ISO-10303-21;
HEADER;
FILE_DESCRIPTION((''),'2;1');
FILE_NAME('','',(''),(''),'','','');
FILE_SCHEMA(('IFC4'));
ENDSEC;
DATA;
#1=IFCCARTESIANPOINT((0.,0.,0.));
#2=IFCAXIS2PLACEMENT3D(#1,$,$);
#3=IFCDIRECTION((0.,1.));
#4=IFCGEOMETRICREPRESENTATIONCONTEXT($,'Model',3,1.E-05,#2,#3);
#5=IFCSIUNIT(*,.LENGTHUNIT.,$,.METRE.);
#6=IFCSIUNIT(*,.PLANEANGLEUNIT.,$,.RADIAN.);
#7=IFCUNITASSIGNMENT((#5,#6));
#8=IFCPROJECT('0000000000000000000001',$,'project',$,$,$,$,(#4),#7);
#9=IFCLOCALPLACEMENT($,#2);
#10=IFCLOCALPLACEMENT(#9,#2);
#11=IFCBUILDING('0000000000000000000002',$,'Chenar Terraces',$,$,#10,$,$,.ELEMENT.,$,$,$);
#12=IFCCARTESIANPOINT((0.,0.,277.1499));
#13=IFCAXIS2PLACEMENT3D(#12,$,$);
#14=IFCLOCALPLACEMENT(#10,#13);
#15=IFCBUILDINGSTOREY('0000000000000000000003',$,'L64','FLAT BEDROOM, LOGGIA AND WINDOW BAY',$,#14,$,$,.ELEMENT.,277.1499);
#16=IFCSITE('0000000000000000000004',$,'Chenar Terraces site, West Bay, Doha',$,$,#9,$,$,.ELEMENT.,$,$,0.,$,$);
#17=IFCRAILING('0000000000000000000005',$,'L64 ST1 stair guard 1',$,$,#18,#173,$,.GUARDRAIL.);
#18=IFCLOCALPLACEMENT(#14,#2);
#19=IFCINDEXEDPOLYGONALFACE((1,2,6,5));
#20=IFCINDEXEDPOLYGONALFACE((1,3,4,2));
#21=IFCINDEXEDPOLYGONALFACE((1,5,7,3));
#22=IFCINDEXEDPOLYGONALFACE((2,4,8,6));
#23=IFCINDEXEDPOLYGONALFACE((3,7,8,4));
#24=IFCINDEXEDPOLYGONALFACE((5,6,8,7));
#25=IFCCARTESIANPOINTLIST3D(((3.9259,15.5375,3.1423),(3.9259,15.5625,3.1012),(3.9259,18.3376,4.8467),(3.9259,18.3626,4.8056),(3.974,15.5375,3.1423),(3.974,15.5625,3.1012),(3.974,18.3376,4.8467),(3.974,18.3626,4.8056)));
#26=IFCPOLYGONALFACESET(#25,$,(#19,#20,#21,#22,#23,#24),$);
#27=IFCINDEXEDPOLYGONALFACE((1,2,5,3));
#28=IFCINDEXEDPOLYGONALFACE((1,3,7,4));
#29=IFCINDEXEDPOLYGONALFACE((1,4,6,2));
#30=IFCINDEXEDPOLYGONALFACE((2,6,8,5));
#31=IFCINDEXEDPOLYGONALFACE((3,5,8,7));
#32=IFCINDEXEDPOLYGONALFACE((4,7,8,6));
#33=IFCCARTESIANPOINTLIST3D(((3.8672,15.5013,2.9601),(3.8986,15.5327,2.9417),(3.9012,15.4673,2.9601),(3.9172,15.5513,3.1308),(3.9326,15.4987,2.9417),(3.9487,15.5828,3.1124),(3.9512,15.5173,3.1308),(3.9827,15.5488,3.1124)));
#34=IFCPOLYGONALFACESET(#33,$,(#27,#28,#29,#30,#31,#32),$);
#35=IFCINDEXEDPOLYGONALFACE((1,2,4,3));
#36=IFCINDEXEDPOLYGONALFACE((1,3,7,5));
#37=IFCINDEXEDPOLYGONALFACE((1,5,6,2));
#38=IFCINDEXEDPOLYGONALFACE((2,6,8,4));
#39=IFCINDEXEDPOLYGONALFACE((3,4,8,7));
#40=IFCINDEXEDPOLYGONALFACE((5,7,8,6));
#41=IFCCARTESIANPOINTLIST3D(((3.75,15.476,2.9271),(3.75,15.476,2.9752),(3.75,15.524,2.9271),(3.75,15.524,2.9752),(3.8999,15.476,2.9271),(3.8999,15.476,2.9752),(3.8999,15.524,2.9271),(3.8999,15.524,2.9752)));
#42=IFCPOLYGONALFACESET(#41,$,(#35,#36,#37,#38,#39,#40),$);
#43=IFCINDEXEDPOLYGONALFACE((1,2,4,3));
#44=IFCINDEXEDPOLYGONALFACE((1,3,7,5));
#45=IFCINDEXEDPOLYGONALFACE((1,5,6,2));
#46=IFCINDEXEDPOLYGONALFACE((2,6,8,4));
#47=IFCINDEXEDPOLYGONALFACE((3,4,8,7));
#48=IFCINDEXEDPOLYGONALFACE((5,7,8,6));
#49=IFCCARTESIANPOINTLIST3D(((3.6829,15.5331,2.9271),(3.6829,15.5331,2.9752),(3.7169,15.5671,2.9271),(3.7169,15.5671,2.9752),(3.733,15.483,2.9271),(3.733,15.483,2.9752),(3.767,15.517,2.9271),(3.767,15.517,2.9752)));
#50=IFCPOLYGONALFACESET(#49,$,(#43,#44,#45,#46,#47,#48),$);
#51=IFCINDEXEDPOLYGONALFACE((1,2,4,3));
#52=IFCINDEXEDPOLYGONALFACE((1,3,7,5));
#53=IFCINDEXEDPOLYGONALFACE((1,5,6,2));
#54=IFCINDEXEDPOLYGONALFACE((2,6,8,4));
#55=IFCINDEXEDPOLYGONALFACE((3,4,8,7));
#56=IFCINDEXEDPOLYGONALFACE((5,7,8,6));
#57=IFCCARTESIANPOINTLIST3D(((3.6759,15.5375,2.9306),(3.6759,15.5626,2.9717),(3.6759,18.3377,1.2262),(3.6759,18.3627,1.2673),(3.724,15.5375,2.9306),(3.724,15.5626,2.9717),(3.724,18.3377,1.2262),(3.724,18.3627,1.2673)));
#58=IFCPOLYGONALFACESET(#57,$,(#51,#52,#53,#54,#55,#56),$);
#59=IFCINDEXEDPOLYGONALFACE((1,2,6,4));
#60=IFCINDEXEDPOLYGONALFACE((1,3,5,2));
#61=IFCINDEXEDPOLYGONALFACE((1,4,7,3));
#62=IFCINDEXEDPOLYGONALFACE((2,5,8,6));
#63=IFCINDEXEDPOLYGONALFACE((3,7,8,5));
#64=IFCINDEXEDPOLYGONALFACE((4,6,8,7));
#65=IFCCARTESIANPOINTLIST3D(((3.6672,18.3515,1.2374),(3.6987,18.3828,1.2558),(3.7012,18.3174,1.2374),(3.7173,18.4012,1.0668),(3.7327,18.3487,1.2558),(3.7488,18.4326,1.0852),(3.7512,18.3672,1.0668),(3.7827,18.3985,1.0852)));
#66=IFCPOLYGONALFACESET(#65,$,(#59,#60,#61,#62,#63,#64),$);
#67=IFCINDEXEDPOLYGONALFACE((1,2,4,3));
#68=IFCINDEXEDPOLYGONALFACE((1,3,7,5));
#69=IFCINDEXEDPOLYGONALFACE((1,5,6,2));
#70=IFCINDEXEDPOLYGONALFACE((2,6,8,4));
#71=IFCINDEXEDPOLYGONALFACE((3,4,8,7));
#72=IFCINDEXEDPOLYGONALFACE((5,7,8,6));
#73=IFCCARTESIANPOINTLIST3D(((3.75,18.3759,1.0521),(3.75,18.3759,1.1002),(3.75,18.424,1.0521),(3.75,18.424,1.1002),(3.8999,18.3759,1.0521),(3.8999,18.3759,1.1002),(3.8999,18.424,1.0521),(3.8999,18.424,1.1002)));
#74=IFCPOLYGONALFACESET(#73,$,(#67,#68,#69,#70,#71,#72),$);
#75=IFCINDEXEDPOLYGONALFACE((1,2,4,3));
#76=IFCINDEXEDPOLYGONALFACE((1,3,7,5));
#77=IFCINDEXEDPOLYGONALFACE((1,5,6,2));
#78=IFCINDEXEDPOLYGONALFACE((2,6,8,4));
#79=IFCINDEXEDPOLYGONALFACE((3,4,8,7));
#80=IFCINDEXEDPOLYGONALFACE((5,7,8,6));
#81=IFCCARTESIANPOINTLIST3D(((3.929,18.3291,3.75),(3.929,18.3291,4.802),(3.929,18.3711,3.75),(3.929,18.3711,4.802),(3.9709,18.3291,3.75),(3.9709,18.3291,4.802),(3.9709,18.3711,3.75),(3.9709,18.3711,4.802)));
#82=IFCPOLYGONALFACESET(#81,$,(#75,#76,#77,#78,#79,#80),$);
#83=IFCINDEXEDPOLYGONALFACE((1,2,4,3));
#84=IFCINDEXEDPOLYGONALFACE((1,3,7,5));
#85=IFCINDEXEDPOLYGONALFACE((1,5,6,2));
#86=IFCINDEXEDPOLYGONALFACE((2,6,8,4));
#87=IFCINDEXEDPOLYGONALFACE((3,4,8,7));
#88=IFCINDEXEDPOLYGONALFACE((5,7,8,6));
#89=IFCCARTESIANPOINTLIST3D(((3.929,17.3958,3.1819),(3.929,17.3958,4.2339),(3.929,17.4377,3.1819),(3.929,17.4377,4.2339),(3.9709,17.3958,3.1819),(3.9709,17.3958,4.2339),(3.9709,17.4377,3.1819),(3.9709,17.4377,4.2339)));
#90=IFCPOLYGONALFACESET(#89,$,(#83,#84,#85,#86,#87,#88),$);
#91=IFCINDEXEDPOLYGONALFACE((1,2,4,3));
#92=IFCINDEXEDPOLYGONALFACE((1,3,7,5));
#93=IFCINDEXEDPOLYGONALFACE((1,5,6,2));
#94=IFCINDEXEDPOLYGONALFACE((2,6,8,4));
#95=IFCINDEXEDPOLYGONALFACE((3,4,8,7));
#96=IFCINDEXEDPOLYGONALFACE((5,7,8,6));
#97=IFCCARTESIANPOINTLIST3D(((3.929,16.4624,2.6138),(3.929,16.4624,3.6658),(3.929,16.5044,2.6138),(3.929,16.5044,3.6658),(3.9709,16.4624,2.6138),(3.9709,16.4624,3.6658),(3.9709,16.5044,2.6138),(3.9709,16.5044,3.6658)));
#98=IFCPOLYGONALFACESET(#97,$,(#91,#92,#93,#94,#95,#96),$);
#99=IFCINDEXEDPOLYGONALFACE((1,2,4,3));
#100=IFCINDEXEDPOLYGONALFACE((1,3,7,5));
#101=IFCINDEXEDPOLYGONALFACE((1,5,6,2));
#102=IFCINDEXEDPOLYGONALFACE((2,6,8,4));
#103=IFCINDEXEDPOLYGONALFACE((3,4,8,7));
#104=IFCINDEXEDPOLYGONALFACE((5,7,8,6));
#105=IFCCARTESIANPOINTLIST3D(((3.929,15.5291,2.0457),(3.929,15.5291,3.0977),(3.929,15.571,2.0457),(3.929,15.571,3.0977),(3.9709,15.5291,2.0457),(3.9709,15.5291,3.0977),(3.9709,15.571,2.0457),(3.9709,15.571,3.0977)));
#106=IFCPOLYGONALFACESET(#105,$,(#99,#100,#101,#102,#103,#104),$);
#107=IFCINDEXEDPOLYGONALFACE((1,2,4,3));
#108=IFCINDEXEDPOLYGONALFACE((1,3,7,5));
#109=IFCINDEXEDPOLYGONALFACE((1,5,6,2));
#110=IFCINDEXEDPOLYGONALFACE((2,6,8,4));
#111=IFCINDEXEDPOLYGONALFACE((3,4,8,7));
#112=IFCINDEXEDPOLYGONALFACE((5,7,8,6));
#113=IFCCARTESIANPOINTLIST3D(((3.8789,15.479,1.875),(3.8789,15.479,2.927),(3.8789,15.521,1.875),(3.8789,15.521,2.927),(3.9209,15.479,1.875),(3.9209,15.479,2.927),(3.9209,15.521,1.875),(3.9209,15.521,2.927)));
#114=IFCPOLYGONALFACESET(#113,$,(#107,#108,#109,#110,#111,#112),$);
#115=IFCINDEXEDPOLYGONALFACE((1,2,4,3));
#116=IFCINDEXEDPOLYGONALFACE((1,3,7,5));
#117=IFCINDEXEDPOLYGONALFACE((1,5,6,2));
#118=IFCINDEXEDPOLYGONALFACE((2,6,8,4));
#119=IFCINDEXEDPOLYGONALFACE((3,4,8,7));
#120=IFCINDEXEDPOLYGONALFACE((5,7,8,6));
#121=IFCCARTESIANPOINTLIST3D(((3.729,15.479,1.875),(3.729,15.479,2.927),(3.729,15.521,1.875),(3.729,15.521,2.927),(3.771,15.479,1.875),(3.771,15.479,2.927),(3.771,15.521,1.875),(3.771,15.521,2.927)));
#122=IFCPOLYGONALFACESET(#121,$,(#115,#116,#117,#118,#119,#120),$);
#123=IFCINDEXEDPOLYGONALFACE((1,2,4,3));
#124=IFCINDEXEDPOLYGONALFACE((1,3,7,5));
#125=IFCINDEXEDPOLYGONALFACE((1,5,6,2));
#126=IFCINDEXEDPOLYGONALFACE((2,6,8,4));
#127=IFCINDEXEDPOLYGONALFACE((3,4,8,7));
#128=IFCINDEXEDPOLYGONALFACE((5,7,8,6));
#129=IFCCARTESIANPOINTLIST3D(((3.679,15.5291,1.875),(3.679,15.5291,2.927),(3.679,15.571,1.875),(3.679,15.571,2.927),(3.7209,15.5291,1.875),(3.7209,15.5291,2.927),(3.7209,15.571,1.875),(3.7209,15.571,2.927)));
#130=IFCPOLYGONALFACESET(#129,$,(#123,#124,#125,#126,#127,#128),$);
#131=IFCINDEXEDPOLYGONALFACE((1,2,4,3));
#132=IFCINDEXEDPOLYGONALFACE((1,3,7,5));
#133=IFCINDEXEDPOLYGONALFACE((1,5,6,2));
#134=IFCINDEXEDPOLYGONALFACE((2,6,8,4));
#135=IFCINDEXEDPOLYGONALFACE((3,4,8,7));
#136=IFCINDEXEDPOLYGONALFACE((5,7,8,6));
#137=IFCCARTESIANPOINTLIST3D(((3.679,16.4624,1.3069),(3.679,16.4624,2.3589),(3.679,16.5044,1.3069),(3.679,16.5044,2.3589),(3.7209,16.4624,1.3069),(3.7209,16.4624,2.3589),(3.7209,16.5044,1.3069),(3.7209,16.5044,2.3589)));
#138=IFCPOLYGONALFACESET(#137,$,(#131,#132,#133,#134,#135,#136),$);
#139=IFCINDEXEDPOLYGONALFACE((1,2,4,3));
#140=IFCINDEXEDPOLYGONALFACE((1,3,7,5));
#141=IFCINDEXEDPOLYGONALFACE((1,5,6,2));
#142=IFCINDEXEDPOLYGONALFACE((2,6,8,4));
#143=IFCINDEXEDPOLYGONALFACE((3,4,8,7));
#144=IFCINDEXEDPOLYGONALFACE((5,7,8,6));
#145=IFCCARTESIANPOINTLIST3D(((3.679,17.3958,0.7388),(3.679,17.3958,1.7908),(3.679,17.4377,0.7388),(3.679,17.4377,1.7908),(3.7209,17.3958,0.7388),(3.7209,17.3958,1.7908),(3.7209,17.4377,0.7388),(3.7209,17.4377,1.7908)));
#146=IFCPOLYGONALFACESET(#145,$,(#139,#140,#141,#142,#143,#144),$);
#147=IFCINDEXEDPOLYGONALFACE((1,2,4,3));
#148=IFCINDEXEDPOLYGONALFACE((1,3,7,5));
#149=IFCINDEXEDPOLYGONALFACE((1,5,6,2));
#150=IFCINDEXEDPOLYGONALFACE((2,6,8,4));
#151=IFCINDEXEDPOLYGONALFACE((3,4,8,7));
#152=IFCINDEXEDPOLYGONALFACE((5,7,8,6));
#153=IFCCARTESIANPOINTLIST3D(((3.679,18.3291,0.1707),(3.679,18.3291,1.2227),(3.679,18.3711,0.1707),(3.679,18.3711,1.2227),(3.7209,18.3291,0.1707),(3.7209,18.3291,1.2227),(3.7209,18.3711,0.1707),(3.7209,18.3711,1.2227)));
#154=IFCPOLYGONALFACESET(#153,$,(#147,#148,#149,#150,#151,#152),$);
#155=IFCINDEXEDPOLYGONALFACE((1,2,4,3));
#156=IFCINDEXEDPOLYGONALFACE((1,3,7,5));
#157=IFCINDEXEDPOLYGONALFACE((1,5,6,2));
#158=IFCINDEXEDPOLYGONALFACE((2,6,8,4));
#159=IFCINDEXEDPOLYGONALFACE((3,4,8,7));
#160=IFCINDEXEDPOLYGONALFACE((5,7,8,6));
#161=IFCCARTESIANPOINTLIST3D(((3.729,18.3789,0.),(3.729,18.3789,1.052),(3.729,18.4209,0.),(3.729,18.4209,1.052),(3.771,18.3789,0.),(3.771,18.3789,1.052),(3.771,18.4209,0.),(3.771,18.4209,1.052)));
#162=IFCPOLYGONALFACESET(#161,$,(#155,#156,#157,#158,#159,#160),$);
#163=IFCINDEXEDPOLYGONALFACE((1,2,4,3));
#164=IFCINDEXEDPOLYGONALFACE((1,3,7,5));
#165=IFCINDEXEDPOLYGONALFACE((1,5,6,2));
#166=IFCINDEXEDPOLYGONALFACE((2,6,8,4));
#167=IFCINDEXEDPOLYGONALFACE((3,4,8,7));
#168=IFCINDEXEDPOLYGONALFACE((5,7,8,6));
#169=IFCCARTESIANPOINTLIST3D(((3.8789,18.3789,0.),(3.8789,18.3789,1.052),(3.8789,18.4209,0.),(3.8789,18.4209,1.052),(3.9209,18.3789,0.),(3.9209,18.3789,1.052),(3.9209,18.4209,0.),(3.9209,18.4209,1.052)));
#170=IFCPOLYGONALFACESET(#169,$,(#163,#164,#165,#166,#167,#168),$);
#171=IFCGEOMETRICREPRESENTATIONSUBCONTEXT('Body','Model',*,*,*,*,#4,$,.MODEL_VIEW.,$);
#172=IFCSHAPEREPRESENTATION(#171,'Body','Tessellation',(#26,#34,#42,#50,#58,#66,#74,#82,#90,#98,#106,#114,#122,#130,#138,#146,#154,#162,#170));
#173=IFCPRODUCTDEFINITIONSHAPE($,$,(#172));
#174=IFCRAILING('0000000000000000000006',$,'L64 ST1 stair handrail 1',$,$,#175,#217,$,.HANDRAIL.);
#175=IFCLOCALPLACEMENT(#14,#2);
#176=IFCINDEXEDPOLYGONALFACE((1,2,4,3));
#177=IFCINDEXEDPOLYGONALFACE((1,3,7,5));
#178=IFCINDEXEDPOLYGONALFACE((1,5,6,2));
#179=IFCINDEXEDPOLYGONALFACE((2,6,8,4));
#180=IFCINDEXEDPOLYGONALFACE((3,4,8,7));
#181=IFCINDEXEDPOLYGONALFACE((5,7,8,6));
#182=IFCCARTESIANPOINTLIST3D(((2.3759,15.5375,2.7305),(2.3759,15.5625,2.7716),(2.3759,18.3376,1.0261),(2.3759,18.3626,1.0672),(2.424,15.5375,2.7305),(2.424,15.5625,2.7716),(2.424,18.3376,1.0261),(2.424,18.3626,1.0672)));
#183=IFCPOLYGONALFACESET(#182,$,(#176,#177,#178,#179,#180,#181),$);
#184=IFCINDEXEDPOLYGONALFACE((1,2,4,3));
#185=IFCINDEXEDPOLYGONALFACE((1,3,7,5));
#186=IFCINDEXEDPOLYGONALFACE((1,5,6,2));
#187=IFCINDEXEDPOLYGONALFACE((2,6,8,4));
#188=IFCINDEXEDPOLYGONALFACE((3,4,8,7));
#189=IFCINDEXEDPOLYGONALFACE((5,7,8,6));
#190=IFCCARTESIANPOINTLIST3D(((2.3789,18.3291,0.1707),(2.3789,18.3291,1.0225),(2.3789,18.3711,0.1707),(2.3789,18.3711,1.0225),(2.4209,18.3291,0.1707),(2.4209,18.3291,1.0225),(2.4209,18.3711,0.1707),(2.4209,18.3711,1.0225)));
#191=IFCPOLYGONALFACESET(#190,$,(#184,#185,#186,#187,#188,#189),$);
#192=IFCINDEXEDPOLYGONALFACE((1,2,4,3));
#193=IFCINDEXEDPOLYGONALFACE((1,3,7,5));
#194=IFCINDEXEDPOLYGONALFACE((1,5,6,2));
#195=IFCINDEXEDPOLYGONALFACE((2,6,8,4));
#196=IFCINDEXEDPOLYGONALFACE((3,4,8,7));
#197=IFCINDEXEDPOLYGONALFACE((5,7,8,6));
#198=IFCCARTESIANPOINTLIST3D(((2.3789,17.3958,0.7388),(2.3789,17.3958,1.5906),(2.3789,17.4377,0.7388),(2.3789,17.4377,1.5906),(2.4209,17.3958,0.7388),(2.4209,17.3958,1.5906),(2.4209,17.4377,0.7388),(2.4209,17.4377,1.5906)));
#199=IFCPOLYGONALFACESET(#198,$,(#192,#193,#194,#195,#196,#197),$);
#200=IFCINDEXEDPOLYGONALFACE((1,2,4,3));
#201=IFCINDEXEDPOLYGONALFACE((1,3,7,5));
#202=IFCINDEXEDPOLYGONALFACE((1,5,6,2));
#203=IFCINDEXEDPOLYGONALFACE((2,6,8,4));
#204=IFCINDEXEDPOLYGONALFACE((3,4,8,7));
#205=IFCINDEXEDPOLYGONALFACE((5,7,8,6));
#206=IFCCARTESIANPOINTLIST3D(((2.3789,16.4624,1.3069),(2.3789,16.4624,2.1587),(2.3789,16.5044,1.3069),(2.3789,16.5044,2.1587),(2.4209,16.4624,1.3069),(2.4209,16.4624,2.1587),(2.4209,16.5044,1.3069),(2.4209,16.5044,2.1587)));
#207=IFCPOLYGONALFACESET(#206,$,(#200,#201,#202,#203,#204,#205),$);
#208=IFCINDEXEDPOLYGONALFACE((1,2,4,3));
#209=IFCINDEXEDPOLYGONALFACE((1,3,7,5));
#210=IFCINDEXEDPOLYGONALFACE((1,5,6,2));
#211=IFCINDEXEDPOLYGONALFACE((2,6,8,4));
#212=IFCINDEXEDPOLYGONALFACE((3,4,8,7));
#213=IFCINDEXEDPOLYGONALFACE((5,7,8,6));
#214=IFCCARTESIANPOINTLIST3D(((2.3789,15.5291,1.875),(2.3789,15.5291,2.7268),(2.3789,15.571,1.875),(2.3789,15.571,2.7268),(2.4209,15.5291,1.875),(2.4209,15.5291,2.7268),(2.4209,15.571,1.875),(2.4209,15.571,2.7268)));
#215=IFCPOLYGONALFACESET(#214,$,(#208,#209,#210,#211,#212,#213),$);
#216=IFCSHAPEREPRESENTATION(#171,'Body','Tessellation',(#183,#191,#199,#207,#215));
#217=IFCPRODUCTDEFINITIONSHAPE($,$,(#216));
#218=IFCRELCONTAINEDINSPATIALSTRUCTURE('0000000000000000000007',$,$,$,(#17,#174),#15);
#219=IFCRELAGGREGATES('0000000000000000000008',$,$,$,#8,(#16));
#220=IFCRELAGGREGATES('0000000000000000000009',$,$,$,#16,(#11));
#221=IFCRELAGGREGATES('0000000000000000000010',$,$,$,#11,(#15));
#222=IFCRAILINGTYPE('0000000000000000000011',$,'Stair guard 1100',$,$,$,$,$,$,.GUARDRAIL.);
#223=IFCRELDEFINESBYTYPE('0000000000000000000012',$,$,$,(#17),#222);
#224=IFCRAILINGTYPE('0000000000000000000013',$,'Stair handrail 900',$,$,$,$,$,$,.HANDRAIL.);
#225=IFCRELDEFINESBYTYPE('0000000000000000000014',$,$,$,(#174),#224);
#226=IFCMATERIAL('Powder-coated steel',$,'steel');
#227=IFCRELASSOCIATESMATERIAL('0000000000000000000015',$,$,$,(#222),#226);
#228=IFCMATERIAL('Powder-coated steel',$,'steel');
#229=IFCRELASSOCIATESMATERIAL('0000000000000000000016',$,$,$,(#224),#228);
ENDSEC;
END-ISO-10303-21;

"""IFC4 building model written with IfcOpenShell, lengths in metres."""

from ifc_helpers import new_model, si_unit, direction, frame, origin, origin_2d, place, context, subcontext, project, spatial, rectangle, extrude, material, type_object, element, save


model = new_model("IFC4")

# Units and contexts
model_context = context("Model", 3, precision=1e-05, world=origin(), true_north=direction((0.0, 1.0)))
body_context = subcontext(model_context, "Body", "Model", "MODEL_VIEW")
ifc_project = project(units=[si_unit("LENGTHUNIT", "METRE"), si_unit("PLANEANGLEUNIT", "RADIAN")], contexts=[model_context])

# Site, building, storey
site_placement = place(None, origin())
site = spatial("IfcSite", under=ifc_project, at=site_placement, Name="Chenar Terraces site, West Bay, Doha", CompositionType="ELEMENT", RefElevation=0.0)
building_placement = place(site_placement, origin())
building = spatial("IfcBuilding", under=site, at=building_placement, Name="Chenar Terraces", CompositionType="ELEMENT")
storey_placement = place(building_placement, frame((0.0, 0.0, 277.1499)))
storey = spatial("IfcBuildingStorey", under=building, at=storey_placement, Name="L64", Description="FLAT BEDROOM, LOGGIA AND WINDOW BAY", CompositionType="ELEMENT", Elevation=277.1499)

# Railings
ifc_material_1 = material(Name="Powder-coated steel", Category="steel")
railing_type_1 = type_object("IfcRailingType", Name="Stair guard 1100", PredefinedType="GUARDRAIL", material=ifc_material_1)
railing_1_placement = place(storey_placement, frame((3.95, 18.3501, 3.75)))
element("IfcRailing", 1, at=railing_1_placement, inside=storey, type_object=railing_type_1, Name="L64 ST1 stair guard 1", PredefinedType="GUARDRAIL", context=body_context, shape_type="SweptSolid", body=[
    extrude(rectangle(XDim=0.0481, YDim=0.0481, at=origin_2d()), frame((0.0, 0.0, 1.0762), z_axis=(0.0, -0.854203, -0.51994), x_axis=(1.0, 0.0, 0.0)), (0.0, 0.0, 1.0), 3.2781),
    extrude(rectangle(XDim=0.0481, YDim=0.0481, at=origin_2d()), frame((0.0, -2.8, -0.6284), z_axis=(-0.2709, -0.2709, -0.923703), x_axis=(0.707107, -0.707107, 0.0)), (0.0, 0.0, 1.0), 0.1848),
    extrude(rectangle(XDim=0.0481, YDim=0.0481, at=origin_2d()), frame((-0.05, -2.8501, -0.7988), z_axis=(-1.0, 0.0, 0.0), x_axis=(0.0, -1.0, 0.0)), (0.0, 0.0, 1.0), 0.1499),
    extrude(rectangle(XDim=0.0481, YDim=0.0481, at=origin_2d()), frame((-0.2, -2.8501, -0.7988), z_axis=(-0.707107, 0.707107, 0.0), x_axis=(-0.707107, -0.707107, 0.0)), (0.0, 0.0, 1.0), 0.0708),
    extrude(rectangle(XDim=0.0481, YDim=0.0481, at=origin_2d()), frame((-0.25, -2.8, -0.7988), z_axis=(0.0, 0.854203, -0.51994), x_axis=(-1.0, 0.0, 0.0)), (0.0, 0.0, 1.0), 3.2781),
    extrude(rectangle(XDim=0.0481, YDim=0.0481, at=origin_2d()), frame((-0.25, 0.0, -2.5034), z_axis=(0.270997, 0.269675, -0.924033), x_axis=(-0.705376, 0.708834, 0.0)), (0.0, 0.0, 1.0), 0.1846),
    extrude(rectangle(XDim=0.0481, YDim=0.0481, at=origin_2d()), frame((-0.2, 0.0498, -2.6738), z_axis=(1.0, 0.0, 0.0), x_axis=(0.0, 1.0, 0.0)), (0.0, 0.0, 1.0), 0.1499),
    extrude(rectangle(XDim=0.042, YDim=0.042, at=origin_2d()), origin(), (0.0, 0.0, 1.0), 1.052),
    extrude(rectangle(XDim=0.042, YDim=0.042, at=origin_2d()), frame((0.0, -0.9333, -0.5681)), (0.0, 0.0, 1.0), 1.052),
    extrude(rectangle(XDim=0.042, YDim=0.042, at=origin_2d()), frame((0.0, -1.8667, -1.1362)), (0.0, 0.0, 1.0), 1.052),
    extrude(rectangle(XDim=0.042, YDim=0.042, at=origin_2d()), frame((0.0, -2.8, -1.7043)), (0.0, 0.0, 1.0), 1.052),
    extrude(rectangle(XDim=0.042, YDim=0.042, at=origin_2d()), frame((-0.05, -2.8501, -1.875)), (0.0, 0.0, 1.0), 1.052),
    extrude(rectangle(XDim=0.042, YDim=0.042, at=origin_2d()), frame((-0.2, -2.8501, -1.875)), (0.0, 0.0, 1.0), 1.052),
    extrude(rectangle(XDim=0.042, YDim=0.042, at=origin_2d()), frame((-0.25, -2.8, -1.875)), (0.0, 0.0, 1.0), 1.052),
    extrude(rectangle(XDim=0.042, YDim=0.042, at=origin_2d()), frame((-0.25, -1.8667, -2.4431)), (0.0, 0.0, 1.0), 1.052),
    extrude(rectangle(XDim=0.042, YDim=0.042, at=origin_2d()), frame((-0.25, -0.9333, -3.0112)), (0.0, 0.0, 1.0), 1.052),
    extrude(rectangle(XDim=0.042, YDim=0.042, at=origin_2d()), frame((-0.25, 0.0, -3.5793)), (0.0, 0.0, 1.0), 1.052),
    extrude(rectangle(XDim=0.042, YDim=0.042, at=origin_2d()), frame((-0.2, 0.0498, -3.75)), (0.0, 0.0, 1.0), 1.052),
    extrude(rectangle(XDim=0.042, YDim=0.042, at=origin_2d()), frame((-0.05, 0.0498, -3.75)), (0.0, 0.0, 1.0), 1.052),
])
ifc_material_2 = material(Name="Powder-coated steel", Category="steel")
railing_type_2 = type_object("IfcRailingType", Name="Stair handrail 900", PredefinedType="HANDRAIL", material=ifc_material_2)
railing_2_placement = place(storey_placement, frame((2.3999, 18.3501, 0.1707)))
element("IfcRailing", 2, at=railing_2_placement, inside=storey, type_object=railing_type_2, Name="L64 ST1 stair handrail 1", PredefinedType="HANDRAIL", context=body_context, shape_type="SweptSolid", body=[
    extrude(rectangle(XDim=0.0481, YDim=0.0481, at=origin_2d()), frame((0.0, 0.0, 0.876), z_axis=(0.0, -0.854203, 0.51994), x_axis=(1.0, 0.0, 0.0)), (0.0, 0.0, 1.0), 3.2781),
    extrude(rectangle(XDim=0.042, YDim=0.042, at=origin_2d()), origin(), (0.0, 0.0, 1.0), 0.8518),
    extrude(rectangle(XDim=0.042, YDim=0.042, at=origin_2d()), frame((0.0, -0.9333, 0.5681)), (0.0, 0.0, 1.0), 0.8518),
    extrude(rectangle(XDim=0.042, YDim=0.042, at=origin_2d()), frame((0.0, -1.8667, 1.1362)), (0.0, 0.0, 1.0), 0.8518),
    extrude(rectangle(XDim=0.042, YDim=0.042, at=origin_2d()), frame((0.0, -2.8, 1.7043)), (0.0, 0.0, 1.0), 0.8518),
])

save(model, "model.ifc")
